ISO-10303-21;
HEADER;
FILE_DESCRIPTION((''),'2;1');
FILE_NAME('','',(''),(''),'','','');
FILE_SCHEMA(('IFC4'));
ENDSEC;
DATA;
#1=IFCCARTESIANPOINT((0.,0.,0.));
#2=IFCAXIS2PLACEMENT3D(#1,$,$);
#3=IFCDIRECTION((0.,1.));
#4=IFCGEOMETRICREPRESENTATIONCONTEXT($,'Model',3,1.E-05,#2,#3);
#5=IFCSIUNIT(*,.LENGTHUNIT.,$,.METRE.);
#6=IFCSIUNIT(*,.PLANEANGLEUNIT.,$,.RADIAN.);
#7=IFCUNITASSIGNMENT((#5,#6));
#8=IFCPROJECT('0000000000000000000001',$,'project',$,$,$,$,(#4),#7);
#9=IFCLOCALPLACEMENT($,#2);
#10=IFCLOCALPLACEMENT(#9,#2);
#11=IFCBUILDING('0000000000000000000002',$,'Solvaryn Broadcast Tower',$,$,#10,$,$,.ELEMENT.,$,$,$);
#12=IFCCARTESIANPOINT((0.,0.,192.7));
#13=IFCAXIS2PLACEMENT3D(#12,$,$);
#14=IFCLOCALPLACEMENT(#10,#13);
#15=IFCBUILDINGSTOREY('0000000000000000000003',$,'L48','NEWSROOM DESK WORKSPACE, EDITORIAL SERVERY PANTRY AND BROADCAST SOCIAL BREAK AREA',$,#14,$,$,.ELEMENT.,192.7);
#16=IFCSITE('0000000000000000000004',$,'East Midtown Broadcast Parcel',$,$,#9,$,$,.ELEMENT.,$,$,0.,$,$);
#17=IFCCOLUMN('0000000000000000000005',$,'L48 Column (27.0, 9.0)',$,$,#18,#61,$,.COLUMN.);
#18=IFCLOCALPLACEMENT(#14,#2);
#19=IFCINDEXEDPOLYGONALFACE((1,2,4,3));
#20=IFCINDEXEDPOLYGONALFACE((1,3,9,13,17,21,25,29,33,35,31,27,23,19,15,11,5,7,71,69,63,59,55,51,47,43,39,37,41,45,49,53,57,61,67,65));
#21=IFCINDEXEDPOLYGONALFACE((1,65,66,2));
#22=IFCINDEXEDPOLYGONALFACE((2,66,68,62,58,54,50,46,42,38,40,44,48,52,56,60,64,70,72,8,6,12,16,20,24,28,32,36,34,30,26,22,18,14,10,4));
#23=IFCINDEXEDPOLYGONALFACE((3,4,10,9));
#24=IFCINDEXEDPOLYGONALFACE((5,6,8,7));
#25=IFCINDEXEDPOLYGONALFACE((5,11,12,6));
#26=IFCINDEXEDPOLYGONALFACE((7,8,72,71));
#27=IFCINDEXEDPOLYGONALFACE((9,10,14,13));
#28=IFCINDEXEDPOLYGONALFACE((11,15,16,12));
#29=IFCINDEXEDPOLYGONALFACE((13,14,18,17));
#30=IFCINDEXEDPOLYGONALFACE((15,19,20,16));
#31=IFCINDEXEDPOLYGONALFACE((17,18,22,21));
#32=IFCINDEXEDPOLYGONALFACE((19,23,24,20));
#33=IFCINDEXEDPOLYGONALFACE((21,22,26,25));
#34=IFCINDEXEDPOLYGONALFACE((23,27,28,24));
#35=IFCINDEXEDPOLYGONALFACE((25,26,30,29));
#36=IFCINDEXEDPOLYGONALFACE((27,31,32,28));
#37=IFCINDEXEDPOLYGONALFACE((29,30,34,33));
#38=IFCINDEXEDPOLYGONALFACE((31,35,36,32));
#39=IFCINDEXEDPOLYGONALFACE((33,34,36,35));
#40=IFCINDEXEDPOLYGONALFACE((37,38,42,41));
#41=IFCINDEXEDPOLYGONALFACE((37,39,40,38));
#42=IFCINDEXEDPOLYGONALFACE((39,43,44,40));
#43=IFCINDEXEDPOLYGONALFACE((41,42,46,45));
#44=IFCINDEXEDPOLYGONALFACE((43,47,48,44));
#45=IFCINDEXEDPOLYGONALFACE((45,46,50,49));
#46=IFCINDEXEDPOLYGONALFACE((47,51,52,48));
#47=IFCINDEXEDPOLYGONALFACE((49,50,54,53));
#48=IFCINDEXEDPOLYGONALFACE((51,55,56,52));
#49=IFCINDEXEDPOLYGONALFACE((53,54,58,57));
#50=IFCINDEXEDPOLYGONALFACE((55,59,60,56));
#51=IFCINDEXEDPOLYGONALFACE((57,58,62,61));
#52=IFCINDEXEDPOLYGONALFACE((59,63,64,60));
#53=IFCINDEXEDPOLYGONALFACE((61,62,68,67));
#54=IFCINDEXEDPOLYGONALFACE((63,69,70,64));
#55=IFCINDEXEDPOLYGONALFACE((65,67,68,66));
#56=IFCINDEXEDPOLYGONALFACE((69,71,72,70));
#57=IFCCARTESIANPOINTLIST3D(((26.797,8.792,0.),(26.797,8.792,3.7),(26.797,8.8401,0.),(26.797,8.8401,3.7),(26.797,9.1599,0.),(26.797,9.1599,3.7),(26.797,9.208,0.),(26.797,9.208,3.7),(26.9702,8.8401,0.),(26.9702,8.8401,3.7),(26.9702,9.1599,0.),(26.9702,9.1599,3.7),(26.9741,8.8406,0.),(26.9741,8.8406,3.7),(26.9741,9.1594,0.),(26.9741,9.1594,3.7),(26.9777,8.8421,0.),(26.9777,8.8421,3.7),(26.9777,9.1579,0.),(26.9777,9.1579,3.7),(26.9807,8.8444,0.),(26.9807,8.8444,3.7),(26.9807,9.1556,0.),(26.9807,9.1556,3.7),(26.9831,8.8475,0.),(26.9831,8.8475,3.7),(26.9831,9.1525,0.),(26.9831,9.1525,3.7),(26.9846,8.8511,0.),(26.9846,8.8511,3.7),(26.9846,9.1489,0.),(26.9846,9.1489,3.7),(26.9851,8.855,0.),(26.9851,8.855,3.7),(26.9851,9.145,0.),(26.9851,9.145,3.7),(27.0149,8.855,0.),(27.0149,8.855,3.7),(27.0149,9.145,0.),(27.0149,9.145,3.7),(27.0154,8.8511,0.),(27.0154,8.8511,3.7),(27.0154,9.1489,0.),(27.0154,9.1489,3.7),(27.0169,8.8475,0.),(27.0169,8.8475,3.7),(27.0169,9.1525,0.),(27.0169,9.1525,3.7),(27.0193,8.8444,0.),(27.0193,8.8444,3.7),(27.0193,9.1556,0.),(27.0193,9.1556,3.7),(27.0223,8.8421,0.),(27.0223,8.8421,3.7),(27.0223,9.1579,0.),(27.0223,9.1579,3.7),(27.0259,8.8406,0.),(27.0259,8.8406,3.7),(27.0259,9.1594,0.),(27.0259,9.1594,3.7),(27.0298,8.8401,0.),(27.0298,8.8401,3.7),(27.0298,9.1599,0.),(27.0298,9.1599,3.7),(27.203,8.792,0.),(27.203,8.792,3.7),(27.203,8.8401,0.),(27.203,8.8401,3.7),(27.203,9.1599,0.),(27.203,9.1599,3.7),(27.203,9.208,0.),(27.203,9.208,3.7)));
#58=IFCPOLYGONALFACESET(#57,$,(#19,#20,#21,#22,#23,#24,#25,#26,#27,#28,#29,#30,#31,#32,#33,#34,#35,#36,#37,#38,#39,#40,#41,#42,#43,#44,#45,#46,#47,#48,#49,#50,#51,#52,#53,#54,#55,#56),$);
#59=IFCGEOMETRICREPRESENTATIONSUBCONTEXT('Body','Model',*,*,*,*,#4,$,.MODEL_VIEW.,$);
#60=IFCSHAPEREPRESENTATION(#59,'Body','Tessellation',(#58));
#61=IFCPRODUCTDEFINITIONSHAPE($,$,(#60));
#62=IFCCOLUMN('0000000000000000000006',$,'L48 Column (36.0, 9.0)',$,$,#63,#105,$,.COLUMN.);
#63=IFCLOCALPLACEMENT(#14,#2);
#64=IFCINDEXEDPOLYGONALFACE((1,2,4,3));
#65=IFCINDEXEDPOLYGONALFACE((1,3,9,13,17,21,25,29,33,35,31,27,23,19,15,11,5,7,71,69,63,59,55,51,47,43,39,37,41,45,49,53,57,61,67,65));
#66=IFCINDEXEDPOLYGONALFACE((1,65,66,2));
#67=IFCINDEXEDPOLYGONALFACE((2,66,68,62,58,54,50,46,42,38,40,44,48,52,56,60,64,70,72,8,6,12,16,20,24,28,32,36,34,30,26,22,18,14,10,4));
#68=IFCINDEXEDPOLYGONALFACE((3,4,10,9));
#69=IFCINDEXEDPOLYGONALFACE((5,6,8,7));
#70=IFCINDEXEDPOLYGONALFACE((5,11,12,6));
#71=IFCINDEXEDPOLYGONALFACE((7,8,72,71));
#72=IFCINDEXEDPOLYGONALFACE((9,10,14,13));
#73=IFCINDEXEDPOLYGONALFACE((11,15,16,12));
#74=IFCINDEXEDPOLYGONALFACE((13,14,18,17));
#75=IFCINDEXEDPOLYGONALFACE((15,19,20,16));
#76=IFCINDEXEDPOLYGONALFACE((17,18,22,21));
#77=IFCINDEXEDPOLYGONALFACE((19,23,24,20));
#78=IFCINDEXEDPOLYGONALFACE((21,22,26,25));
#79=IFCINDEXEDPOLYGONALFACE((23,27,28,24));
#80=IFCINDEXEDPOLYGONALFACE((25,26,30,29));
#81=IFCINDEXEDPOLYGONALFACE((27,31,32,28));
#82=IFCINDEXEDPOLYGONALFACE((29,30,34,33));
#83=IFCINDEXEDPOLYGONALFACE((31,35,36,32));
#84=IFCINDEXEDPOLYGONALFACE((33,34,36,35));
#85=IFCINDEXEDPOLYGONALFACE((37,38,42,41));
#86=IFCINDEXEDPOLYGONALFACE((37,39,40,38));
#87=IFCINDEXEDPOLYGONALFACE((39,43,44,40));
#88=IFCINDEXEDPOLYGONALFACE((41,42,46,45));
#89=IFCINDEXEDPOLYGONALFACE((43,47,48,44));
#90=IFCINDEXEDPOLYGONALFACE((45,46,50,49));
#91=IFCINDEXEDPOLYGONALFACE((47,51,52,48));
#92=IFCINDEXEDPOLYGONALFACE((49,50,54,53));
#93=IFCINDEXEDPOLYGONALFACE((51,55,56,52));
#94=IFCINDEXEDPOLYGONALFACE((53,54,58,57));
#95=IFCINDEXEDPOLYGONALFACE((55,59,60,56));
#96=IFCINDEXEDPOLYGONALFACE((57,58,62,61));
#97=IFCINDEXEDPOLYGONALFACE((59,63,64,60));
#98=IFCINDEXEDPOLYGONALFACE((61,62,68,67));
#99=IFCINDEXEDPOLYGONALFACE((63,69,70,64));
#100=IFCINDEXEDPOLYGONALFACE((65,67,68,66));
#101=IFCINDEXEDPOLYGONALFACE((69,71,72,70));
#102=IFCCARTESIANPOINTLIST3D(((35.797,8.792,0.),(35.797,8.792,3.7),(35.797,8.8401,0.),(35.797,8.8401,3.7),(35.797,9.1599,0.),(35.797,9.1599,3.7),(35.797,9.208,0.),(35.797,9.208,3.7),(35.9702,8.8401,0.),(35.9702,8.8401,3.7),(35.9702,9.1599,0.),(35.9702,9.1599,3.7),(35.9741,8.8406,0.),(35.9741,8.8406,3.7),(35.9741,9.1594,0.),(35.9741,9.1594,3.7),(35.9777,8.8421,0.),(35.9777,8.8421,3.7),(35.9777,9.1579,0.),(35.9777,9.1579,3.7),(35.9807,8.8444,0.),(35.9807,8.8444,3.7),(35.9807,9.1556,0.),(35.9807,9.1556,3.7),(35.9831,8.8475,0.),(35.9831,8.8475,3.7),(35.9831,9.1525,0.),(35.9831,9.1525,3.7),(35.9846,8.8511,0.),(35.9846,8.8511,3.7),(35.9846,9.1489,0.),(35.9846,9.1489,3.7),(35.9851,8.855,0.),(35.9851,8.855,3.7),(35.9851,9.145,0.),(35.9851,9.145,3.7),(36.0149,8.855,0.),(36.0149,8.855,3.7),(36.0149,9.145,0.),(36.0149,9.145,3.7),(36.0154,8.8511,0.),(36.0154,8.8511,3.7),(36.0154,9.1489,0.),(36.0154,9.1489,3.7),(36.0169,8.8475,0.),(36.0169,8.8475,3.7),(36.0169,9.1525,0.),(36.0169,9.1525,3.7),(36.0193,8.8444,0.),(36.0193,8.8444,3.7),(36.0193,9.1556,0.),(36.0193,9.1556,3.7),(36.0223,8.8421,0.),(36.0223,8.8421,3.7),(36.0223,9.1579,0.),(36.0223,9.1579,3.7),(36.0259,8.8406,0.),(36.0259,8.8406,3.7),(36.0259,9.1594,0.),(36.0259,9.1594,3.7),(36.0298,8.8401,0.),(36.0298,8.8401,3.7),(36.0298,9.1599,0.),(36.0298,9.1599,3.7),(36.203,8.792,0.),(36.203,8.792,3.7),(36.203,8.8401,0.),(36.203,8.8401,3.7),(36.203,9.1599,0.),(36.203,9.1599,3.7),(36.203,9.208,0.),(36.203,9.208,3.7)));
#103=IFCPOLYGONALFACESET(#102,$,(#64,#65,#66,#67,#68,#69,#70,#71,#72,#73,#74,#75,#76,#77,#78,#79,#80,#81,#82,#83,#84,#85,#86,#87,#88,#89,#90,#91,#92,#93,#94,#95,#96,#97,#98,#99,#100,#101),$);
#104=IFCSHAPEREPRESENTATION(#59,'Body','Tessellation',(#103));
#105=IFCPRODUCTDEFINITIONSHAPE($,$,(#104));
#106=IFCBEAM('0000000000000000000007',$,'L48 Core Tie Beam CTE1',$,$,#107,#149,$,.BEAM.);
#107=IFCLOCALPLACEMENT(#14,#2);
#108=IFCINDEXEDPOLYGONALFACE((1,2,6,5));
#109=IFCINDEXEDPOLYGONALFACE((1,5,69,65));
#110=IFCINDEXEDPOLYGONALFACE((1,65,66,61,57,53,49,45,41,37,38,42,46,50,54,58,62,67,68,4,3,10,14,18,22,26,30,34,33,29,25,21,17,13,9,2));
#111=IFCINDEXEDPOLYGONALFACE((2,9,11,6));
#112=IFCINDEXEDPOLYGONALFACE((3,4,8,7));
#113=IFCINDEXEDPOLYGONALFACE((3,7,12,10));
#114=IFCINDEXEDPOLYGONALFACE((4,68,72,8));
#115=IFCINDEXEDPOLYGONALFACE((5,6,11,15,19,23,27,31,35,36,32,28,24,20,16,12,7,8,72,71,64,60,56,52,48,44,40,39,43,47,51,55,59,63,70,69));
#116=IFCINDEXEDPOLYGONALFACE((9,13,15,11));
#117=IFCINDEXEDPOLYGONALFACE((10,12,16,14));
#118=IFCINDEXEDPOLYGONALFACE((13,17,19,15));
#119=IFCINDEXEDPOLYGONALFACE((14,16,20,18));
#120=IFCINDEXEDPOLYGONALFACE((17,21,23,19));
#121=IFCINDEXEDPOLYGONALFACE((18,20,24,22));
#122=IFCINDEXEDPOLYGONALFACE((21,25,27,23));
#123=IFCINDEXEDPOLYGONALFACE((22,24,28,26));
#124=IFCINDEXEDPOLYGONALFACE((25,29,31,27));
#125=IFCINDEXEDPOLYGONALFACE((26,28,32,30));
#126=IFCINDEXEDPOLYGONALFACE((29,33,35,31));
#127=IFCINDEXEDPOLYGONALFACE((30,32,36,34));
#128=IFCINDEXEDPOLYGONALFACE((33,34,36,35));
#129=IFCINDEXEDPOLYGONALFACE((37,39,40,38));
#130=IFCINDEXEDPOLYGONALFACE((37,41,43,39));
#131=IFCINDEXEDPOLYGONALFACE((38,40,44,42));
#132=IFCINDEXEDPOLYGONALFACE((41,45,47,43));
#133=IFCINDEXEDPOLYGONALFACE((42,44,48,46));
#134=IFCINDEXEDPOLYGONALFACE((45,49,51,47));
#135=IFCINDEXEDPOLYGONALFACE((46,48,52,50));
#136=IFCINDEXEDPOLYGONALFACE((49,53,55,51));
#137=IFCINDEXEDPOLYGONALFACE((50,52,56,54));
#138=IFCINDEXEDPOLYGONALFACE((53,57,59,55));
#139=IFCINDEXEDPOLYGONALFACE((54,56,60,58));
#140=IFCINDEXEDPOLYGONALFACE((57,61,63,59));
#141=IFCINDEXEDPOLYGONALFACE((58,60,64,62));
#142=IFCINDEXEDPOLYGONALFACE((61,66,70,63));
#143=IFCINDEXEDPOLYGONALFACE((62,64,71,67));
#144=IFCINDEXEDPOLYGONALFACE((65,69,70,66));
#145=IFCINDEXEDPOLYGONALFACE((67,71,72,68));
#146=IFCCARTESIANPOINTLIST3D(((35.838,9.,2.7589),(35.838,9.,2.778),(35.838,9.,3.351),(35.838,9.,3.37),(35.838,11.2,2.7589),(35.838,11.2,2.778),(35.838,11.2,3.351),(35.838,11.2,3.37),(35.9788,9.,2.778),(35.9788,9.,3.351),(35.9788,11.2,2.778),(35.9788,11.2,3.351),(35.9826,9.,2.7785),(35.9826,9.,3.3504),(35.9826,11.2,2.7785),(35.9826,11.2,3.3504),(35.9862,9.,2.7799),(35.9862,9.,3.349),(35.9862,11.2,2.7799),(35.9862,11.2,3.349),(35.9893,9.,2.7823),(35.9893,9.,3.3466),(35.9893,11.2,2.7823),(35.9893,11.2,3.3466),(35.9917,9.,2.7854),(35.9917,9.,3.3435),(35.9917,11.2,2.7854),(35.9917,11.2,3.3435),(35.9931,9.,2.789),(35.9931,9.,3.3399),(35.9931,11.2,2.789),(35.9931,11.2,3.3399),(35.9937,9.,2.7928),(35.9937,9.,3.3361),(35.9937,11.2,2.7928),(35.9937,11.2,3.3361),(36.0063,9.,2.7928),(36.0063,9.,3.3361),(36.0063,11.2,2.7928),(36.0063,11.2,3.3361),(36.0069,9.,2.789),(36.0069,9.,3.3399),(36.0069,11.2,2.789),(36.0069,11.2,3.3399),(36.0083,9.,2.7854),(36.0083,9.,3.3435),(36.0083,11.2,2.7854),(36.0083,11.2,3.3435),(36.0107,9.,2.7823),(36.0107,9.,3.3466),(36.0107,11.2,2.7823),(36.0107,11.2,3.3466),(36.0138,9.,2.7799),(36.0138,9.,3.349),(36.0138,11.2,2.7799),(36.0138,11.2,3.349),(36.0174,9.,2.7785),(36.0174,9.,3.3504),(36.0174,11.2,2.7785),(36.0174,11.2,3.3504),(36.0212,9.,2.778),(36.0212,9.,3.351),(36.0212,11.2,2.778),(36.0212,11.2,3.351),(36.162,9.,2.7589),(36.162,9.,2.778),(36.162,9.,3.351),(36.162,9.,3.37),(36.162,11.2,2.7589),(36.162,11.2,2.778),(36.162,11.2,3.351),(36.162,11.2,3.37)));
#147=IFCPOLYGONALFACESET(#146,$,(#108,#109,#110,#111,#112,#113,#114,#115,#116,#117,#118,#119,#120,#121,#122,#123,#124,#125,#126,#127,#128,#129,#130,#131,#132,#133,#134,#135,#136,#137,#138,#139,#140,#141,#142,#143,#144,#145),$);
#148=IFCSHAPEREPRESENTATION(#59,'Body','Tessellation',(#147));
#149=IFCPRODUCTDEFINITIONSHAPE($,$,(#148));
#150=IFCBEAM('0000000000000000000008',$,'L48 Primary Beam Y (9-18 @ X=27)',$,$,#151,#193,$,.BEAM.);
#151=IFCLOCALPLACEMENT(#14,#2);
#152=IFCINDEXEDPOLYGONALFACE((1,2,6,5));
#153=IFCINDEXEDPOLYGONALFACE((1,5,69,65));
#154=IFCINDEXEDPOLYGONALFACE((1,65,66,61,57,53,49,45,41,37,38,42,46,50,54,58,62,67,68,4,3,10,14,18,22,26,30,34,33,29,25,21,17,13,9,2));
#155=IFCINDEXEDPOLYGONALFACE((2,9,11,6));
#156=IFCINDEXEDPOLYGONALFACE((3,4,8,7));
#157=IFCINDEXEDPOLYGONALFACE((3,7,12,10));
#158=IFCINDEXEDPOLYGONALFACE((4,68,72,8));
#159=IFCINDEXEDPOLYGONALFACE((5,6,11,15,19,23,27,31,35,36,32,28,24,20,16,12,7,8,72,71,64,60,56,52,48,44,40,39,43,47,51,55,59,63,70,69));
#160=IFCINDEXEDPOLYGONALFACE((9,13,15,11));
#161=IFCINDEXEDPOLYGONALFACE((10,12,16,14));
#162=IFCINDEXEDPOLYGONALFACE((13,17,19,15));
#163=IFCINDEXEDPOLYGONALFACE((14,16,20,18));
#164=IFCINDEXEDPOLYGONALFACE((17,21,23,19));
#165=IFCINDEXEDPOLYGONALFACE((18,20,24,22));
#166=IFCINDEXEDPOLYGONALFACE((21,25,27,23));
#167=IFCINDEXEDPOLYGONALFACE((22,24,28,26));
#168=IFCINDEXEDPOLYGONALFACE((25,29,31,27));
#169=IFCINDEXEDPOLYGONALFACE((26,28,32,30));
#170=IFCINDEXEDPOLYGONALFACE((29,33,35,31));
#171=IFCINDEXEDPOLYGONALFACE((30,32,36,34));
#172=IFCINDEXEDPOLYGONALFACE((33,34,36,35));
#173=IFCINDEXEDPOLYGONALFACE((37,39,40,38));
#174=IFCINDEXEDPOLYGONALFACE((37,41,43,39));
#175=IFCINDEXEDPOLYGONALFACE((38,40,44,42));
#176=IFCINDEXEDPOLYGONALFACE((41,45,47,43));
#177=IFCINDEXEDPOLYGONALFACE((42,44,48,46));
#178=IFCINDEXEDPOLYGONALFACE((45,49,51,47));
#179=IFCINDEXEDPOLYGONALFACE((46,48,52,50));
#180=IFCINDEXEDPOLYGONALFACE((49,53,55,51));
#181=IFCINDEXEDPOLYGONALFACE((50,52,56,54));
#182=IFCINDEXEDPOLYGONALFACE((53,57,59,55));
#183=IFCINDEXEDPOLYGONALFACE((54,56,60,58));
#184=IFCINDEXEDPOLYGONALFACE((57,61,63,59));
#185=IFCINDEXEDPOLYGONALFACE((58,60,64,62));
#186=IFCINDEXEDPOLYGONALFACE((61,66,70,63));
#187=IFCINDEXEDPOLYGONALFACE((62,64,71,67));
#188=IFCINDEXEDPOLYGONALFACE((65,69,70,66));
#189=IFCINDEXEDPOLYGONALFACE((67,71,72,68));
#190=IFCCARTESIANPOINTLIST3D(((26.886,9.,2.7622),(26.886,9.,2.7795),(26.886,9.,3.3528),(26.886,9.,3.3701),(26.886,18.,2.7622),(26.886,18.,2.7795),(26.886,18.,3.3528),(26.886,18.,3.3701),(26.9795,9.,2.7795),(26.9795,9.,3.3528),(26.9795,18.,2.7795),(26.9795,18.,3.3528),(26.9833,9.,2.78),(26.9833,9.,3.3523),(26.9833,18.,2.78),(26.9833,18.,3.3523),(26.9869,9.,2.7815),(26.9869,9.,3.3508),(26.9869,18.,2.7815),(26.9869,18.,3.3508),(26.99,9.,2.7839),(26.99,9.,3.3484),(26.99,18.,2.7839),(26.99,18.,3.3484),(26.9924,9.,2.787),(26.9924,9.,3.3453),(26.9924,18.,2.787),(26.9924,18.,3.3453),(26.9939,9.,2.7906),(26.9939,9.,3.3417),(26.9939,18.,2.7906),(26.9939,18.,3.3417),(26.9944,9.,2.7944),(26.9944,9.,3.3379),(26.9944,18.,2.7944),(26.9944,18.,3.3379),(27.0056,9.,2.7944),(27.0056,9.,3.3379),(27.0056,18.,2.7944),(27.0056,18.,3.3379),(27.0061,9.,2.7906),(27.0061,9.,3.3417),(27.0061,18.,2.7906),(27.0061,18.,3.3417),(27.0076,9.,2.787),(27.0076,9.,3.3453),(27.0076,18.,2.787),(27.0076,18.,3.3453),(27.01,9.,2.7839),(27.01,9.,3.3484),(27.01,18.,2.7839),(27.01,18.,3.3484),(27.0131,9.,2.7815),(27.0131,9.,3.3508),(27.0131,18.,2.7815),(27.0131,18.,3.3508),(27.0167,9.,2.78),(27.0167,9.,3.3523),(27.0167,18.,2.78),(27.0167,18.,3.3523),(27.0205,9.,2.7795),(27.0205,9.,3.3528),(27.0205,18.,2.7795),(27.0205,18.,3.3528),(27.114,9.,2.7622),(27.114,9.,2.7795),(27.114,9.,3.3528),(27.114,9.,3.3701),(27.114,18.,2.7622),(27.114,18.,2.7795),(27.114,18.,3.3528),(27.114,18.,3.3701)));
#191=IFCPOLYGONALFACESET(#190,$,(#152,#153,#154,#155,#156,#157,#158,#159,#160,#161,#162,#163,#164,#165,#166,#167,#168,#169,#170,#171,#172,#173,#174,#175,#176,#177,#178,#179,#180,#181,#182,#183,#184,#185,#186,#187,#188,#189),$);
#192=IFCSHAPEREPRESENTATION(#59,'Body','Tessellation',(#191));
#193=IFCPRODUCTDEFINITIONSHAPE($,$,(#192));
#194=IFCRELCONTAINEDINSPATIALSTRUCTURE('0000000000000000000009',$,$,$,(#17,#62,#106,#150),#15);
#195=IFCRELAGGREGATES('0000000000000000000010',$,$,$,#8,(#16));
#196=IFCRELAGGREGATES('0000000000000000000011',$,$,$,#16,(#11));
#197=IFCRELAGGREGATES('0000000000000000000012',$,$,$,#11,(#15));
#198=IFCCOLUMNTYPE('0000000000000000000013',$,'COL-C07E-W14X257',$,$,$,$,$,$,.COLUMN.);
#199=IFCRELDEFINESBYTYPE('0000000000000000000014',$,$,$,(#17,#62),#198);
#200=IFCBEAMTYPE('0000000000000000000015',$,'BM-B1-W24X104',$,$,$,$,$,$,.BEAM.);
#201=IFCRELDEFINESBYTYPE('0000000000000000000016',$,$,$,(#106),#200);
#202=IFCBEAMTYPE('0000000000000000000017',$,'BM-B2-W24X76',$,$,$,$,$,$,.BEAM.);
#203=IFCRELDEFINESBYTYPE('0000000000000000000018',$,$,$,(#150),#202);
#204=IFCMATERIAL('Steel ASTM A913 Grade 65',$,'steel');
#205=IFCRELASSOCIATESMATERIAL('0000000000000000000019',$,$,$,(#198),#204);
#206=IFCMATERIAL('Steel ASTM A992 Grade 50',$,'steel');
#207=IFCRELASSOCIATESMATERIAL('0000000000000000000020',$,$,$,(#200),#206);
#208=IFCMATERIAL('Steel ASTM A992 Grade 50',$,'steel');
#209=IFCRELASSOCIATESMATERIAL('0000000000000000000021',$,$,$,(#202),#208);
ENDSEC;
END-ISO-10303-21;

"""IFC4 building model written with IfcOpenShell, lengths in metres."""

from ifc_helpers import new_model, si_unit, direction, frame, origin, origin_2d, place, context, subcontext, project, spatial, i_section, extrude, material, material_profile, profile_set, type_object, element, save


model = new_model("IFC4")

# Units and contexts
model_context = context("Model", 3, precision=1e-05, world=origin(), true_north=direction((0.0, 1.0)))
body_context = subcontext(model_context, "Body", "Model", "MODEL_VIEW")
ifc_project = project(units=[si_unit("LENGTHUNIT", "METRE"), si_unit("PLANEANGLEUNIT", "RADIAN")], contexts=[model_context])

# Site, building, storey
site_placement = place(None, origin())
site = spatial("IfcSite", under=ifc_project, at=site_placement, Name="East Midtown Broadcast Parcel", CompositionType="ELEMENT", RefElevation=0.0)
building_placement = place(site_placement, origin())
building = spatial("IfcBuilding", under=site, at=building_placement, Name="Solvaryn Broadcast Tower", CompositionType="ELEMENT")
storey_placement = place(building_placement, frame((0.0, 0.0, 192.7)))
storey = spatial("IfcBuildingStorey", under=building, at=storey_placement, Name="L48", Description="NEWSROOM DESK WORKSPACE, EDITORIAL SERVERY PANTRY AND BROADCAST SOCIAL BREAK AREA", CompositionType="ELEMENT", Elevation=192.7)

# Columns
ifc_material_1 = material(Name="Steel ASTM A913 Grade 65", Category="steel")
ifc_material_profile_1 = material_profile(ifc_material_1, i_section(OverallWidth=0.406, OverallDepth=0.416, WebThickness=0.0298, FlangeThickness=0.0481, FilletRadius=0.0149, at=origin_2d()))
ifc_profile_set_1 = profile_set([ifc_material_profile_1], Name="Steel ASTM A913 Grade 65")
column_type = type_object("IfcColumnType", Name="COL-C07E-W14X257", PredefinedType="COLUMN", material=ifc_profile_set_1)
for number, where, z_axis, x_axis, name in (
    (1, (27.0, 9.0, 0.0), (0.0, 0.0, 1.0), (1.0, 0.0, 0.0), "L48 Column (27.0, 9.0)"),
    (2, (36.0, 9.0, 0.0), (0.0, 0.0, 1.0), (1.0, 0.0, 0.0), "L48 Column (36.0, 9.0)"),
):
    element("IfcColumn", number, at=place(storey_placement, frame(where, z_axis=z_axis, x_axis=x_axis)), inside=storey, type_object=column_type, Name=name, PredefinedType="COLUMN", context=body_context, shape_type="SweptSolid", body=[
        extrude(i_section(OverallWidth=0.406, OverallDepth=0.416, WebThickness=0.0298, FlangeThickness=0.0481, FilletRadius=0.0149, at=origin_2d()), origin(), (0.0, 0.0, 1.0), 3.7),
    ])

# Beams
ifc_material_2 = material(Name="Steel ASTM A992 Grade 50", Category="steel")
ifc_material_profile_2 = material_profile(ifc_material_2, i_section(OverallWidth=0.324, OverallDepth=0.6111, WebThickness=0.0127, FlangeThickness=0.019, FilletRadius=0.0149, at=origin_2d()))
ifc_profile_set_2 = profile_set([ifc_material_profile_2], Name="Steel ASTM A992 Grade 50")
beam_type_1 = type_object("IfcBeamType", Name="BM-B1-W24X104", PredefinedType="BEAM", material=ifc_profile_set_2)
beam_1_placement = place(storey_placement, frame((36.0, 9.0, 3.0645), z_axis=(0.0, 1.0, 0.0), x_axis=(-1.0, 0.0, 0.0)))
element("IfcBeam", 3, at=beam_1_placement, inside=storey, type_object=beam_type_1, Name="L48 Core Tie Beam CTE1", PredefinedType="BEAM", context=body_context, shape_type="SweptSolid", body=[
    extrude(i_section(OverallWidth=0.324, OverallDepth=0.6111, WebThickness=0.0127, FlangeThickness=0.019, FilletRadius=0.0149, at=origin_2d()), origin(), (0.0, 0.0, 1.0), 2.2),
])
ifc_material_3 = material(Name="Steel ASTM A992 Grade 50", Category="steel")
ifc_material_profile_3 = material_profile(ifc_material_3, i_section(OverallWidth=0.228, OverallDepth=0.6079, WebThickness=0.0112, FlangeThickness=0.0173, FilletRadius=0.0149, at=origin_2d()))
ifc_profile_set_3 = profile_set([ifc_material_profile_3], Name="Steel ASTM A992 Grade 50")
beam_type_2 = type_object("IfcBeamType", Name="BM-B2-W24X76", PredefinedType="BEAM", material=ifc_profile_set_3)
beam_2_placement = place(storey_placement, frame((27.0, 9.0, 3.0662), z_axis=(0.0, 1.0, 0.0), x_axis=(-1.0, 0.0, 0.0)))
element("IfcBeam", 4, at=beam_2_placement, inside=storey, type_object=beam_type_2, Name="L48 Primary Beam Y (9-18 @ X=27)", PredefinedType="BEAM", context=body_context, shape_type="SweptSolid", body=[
    extrude(i_section(OverallWidth=0.228, OverallDepth=0.6079, WebThickness=0.0112, FlangeThickness=0.0173, FilletRadius=0.0149, at=origin_2d()), origin(), (0.0, 0.0, 1.0), 9.0),
])

save(model, "model.ifc")
